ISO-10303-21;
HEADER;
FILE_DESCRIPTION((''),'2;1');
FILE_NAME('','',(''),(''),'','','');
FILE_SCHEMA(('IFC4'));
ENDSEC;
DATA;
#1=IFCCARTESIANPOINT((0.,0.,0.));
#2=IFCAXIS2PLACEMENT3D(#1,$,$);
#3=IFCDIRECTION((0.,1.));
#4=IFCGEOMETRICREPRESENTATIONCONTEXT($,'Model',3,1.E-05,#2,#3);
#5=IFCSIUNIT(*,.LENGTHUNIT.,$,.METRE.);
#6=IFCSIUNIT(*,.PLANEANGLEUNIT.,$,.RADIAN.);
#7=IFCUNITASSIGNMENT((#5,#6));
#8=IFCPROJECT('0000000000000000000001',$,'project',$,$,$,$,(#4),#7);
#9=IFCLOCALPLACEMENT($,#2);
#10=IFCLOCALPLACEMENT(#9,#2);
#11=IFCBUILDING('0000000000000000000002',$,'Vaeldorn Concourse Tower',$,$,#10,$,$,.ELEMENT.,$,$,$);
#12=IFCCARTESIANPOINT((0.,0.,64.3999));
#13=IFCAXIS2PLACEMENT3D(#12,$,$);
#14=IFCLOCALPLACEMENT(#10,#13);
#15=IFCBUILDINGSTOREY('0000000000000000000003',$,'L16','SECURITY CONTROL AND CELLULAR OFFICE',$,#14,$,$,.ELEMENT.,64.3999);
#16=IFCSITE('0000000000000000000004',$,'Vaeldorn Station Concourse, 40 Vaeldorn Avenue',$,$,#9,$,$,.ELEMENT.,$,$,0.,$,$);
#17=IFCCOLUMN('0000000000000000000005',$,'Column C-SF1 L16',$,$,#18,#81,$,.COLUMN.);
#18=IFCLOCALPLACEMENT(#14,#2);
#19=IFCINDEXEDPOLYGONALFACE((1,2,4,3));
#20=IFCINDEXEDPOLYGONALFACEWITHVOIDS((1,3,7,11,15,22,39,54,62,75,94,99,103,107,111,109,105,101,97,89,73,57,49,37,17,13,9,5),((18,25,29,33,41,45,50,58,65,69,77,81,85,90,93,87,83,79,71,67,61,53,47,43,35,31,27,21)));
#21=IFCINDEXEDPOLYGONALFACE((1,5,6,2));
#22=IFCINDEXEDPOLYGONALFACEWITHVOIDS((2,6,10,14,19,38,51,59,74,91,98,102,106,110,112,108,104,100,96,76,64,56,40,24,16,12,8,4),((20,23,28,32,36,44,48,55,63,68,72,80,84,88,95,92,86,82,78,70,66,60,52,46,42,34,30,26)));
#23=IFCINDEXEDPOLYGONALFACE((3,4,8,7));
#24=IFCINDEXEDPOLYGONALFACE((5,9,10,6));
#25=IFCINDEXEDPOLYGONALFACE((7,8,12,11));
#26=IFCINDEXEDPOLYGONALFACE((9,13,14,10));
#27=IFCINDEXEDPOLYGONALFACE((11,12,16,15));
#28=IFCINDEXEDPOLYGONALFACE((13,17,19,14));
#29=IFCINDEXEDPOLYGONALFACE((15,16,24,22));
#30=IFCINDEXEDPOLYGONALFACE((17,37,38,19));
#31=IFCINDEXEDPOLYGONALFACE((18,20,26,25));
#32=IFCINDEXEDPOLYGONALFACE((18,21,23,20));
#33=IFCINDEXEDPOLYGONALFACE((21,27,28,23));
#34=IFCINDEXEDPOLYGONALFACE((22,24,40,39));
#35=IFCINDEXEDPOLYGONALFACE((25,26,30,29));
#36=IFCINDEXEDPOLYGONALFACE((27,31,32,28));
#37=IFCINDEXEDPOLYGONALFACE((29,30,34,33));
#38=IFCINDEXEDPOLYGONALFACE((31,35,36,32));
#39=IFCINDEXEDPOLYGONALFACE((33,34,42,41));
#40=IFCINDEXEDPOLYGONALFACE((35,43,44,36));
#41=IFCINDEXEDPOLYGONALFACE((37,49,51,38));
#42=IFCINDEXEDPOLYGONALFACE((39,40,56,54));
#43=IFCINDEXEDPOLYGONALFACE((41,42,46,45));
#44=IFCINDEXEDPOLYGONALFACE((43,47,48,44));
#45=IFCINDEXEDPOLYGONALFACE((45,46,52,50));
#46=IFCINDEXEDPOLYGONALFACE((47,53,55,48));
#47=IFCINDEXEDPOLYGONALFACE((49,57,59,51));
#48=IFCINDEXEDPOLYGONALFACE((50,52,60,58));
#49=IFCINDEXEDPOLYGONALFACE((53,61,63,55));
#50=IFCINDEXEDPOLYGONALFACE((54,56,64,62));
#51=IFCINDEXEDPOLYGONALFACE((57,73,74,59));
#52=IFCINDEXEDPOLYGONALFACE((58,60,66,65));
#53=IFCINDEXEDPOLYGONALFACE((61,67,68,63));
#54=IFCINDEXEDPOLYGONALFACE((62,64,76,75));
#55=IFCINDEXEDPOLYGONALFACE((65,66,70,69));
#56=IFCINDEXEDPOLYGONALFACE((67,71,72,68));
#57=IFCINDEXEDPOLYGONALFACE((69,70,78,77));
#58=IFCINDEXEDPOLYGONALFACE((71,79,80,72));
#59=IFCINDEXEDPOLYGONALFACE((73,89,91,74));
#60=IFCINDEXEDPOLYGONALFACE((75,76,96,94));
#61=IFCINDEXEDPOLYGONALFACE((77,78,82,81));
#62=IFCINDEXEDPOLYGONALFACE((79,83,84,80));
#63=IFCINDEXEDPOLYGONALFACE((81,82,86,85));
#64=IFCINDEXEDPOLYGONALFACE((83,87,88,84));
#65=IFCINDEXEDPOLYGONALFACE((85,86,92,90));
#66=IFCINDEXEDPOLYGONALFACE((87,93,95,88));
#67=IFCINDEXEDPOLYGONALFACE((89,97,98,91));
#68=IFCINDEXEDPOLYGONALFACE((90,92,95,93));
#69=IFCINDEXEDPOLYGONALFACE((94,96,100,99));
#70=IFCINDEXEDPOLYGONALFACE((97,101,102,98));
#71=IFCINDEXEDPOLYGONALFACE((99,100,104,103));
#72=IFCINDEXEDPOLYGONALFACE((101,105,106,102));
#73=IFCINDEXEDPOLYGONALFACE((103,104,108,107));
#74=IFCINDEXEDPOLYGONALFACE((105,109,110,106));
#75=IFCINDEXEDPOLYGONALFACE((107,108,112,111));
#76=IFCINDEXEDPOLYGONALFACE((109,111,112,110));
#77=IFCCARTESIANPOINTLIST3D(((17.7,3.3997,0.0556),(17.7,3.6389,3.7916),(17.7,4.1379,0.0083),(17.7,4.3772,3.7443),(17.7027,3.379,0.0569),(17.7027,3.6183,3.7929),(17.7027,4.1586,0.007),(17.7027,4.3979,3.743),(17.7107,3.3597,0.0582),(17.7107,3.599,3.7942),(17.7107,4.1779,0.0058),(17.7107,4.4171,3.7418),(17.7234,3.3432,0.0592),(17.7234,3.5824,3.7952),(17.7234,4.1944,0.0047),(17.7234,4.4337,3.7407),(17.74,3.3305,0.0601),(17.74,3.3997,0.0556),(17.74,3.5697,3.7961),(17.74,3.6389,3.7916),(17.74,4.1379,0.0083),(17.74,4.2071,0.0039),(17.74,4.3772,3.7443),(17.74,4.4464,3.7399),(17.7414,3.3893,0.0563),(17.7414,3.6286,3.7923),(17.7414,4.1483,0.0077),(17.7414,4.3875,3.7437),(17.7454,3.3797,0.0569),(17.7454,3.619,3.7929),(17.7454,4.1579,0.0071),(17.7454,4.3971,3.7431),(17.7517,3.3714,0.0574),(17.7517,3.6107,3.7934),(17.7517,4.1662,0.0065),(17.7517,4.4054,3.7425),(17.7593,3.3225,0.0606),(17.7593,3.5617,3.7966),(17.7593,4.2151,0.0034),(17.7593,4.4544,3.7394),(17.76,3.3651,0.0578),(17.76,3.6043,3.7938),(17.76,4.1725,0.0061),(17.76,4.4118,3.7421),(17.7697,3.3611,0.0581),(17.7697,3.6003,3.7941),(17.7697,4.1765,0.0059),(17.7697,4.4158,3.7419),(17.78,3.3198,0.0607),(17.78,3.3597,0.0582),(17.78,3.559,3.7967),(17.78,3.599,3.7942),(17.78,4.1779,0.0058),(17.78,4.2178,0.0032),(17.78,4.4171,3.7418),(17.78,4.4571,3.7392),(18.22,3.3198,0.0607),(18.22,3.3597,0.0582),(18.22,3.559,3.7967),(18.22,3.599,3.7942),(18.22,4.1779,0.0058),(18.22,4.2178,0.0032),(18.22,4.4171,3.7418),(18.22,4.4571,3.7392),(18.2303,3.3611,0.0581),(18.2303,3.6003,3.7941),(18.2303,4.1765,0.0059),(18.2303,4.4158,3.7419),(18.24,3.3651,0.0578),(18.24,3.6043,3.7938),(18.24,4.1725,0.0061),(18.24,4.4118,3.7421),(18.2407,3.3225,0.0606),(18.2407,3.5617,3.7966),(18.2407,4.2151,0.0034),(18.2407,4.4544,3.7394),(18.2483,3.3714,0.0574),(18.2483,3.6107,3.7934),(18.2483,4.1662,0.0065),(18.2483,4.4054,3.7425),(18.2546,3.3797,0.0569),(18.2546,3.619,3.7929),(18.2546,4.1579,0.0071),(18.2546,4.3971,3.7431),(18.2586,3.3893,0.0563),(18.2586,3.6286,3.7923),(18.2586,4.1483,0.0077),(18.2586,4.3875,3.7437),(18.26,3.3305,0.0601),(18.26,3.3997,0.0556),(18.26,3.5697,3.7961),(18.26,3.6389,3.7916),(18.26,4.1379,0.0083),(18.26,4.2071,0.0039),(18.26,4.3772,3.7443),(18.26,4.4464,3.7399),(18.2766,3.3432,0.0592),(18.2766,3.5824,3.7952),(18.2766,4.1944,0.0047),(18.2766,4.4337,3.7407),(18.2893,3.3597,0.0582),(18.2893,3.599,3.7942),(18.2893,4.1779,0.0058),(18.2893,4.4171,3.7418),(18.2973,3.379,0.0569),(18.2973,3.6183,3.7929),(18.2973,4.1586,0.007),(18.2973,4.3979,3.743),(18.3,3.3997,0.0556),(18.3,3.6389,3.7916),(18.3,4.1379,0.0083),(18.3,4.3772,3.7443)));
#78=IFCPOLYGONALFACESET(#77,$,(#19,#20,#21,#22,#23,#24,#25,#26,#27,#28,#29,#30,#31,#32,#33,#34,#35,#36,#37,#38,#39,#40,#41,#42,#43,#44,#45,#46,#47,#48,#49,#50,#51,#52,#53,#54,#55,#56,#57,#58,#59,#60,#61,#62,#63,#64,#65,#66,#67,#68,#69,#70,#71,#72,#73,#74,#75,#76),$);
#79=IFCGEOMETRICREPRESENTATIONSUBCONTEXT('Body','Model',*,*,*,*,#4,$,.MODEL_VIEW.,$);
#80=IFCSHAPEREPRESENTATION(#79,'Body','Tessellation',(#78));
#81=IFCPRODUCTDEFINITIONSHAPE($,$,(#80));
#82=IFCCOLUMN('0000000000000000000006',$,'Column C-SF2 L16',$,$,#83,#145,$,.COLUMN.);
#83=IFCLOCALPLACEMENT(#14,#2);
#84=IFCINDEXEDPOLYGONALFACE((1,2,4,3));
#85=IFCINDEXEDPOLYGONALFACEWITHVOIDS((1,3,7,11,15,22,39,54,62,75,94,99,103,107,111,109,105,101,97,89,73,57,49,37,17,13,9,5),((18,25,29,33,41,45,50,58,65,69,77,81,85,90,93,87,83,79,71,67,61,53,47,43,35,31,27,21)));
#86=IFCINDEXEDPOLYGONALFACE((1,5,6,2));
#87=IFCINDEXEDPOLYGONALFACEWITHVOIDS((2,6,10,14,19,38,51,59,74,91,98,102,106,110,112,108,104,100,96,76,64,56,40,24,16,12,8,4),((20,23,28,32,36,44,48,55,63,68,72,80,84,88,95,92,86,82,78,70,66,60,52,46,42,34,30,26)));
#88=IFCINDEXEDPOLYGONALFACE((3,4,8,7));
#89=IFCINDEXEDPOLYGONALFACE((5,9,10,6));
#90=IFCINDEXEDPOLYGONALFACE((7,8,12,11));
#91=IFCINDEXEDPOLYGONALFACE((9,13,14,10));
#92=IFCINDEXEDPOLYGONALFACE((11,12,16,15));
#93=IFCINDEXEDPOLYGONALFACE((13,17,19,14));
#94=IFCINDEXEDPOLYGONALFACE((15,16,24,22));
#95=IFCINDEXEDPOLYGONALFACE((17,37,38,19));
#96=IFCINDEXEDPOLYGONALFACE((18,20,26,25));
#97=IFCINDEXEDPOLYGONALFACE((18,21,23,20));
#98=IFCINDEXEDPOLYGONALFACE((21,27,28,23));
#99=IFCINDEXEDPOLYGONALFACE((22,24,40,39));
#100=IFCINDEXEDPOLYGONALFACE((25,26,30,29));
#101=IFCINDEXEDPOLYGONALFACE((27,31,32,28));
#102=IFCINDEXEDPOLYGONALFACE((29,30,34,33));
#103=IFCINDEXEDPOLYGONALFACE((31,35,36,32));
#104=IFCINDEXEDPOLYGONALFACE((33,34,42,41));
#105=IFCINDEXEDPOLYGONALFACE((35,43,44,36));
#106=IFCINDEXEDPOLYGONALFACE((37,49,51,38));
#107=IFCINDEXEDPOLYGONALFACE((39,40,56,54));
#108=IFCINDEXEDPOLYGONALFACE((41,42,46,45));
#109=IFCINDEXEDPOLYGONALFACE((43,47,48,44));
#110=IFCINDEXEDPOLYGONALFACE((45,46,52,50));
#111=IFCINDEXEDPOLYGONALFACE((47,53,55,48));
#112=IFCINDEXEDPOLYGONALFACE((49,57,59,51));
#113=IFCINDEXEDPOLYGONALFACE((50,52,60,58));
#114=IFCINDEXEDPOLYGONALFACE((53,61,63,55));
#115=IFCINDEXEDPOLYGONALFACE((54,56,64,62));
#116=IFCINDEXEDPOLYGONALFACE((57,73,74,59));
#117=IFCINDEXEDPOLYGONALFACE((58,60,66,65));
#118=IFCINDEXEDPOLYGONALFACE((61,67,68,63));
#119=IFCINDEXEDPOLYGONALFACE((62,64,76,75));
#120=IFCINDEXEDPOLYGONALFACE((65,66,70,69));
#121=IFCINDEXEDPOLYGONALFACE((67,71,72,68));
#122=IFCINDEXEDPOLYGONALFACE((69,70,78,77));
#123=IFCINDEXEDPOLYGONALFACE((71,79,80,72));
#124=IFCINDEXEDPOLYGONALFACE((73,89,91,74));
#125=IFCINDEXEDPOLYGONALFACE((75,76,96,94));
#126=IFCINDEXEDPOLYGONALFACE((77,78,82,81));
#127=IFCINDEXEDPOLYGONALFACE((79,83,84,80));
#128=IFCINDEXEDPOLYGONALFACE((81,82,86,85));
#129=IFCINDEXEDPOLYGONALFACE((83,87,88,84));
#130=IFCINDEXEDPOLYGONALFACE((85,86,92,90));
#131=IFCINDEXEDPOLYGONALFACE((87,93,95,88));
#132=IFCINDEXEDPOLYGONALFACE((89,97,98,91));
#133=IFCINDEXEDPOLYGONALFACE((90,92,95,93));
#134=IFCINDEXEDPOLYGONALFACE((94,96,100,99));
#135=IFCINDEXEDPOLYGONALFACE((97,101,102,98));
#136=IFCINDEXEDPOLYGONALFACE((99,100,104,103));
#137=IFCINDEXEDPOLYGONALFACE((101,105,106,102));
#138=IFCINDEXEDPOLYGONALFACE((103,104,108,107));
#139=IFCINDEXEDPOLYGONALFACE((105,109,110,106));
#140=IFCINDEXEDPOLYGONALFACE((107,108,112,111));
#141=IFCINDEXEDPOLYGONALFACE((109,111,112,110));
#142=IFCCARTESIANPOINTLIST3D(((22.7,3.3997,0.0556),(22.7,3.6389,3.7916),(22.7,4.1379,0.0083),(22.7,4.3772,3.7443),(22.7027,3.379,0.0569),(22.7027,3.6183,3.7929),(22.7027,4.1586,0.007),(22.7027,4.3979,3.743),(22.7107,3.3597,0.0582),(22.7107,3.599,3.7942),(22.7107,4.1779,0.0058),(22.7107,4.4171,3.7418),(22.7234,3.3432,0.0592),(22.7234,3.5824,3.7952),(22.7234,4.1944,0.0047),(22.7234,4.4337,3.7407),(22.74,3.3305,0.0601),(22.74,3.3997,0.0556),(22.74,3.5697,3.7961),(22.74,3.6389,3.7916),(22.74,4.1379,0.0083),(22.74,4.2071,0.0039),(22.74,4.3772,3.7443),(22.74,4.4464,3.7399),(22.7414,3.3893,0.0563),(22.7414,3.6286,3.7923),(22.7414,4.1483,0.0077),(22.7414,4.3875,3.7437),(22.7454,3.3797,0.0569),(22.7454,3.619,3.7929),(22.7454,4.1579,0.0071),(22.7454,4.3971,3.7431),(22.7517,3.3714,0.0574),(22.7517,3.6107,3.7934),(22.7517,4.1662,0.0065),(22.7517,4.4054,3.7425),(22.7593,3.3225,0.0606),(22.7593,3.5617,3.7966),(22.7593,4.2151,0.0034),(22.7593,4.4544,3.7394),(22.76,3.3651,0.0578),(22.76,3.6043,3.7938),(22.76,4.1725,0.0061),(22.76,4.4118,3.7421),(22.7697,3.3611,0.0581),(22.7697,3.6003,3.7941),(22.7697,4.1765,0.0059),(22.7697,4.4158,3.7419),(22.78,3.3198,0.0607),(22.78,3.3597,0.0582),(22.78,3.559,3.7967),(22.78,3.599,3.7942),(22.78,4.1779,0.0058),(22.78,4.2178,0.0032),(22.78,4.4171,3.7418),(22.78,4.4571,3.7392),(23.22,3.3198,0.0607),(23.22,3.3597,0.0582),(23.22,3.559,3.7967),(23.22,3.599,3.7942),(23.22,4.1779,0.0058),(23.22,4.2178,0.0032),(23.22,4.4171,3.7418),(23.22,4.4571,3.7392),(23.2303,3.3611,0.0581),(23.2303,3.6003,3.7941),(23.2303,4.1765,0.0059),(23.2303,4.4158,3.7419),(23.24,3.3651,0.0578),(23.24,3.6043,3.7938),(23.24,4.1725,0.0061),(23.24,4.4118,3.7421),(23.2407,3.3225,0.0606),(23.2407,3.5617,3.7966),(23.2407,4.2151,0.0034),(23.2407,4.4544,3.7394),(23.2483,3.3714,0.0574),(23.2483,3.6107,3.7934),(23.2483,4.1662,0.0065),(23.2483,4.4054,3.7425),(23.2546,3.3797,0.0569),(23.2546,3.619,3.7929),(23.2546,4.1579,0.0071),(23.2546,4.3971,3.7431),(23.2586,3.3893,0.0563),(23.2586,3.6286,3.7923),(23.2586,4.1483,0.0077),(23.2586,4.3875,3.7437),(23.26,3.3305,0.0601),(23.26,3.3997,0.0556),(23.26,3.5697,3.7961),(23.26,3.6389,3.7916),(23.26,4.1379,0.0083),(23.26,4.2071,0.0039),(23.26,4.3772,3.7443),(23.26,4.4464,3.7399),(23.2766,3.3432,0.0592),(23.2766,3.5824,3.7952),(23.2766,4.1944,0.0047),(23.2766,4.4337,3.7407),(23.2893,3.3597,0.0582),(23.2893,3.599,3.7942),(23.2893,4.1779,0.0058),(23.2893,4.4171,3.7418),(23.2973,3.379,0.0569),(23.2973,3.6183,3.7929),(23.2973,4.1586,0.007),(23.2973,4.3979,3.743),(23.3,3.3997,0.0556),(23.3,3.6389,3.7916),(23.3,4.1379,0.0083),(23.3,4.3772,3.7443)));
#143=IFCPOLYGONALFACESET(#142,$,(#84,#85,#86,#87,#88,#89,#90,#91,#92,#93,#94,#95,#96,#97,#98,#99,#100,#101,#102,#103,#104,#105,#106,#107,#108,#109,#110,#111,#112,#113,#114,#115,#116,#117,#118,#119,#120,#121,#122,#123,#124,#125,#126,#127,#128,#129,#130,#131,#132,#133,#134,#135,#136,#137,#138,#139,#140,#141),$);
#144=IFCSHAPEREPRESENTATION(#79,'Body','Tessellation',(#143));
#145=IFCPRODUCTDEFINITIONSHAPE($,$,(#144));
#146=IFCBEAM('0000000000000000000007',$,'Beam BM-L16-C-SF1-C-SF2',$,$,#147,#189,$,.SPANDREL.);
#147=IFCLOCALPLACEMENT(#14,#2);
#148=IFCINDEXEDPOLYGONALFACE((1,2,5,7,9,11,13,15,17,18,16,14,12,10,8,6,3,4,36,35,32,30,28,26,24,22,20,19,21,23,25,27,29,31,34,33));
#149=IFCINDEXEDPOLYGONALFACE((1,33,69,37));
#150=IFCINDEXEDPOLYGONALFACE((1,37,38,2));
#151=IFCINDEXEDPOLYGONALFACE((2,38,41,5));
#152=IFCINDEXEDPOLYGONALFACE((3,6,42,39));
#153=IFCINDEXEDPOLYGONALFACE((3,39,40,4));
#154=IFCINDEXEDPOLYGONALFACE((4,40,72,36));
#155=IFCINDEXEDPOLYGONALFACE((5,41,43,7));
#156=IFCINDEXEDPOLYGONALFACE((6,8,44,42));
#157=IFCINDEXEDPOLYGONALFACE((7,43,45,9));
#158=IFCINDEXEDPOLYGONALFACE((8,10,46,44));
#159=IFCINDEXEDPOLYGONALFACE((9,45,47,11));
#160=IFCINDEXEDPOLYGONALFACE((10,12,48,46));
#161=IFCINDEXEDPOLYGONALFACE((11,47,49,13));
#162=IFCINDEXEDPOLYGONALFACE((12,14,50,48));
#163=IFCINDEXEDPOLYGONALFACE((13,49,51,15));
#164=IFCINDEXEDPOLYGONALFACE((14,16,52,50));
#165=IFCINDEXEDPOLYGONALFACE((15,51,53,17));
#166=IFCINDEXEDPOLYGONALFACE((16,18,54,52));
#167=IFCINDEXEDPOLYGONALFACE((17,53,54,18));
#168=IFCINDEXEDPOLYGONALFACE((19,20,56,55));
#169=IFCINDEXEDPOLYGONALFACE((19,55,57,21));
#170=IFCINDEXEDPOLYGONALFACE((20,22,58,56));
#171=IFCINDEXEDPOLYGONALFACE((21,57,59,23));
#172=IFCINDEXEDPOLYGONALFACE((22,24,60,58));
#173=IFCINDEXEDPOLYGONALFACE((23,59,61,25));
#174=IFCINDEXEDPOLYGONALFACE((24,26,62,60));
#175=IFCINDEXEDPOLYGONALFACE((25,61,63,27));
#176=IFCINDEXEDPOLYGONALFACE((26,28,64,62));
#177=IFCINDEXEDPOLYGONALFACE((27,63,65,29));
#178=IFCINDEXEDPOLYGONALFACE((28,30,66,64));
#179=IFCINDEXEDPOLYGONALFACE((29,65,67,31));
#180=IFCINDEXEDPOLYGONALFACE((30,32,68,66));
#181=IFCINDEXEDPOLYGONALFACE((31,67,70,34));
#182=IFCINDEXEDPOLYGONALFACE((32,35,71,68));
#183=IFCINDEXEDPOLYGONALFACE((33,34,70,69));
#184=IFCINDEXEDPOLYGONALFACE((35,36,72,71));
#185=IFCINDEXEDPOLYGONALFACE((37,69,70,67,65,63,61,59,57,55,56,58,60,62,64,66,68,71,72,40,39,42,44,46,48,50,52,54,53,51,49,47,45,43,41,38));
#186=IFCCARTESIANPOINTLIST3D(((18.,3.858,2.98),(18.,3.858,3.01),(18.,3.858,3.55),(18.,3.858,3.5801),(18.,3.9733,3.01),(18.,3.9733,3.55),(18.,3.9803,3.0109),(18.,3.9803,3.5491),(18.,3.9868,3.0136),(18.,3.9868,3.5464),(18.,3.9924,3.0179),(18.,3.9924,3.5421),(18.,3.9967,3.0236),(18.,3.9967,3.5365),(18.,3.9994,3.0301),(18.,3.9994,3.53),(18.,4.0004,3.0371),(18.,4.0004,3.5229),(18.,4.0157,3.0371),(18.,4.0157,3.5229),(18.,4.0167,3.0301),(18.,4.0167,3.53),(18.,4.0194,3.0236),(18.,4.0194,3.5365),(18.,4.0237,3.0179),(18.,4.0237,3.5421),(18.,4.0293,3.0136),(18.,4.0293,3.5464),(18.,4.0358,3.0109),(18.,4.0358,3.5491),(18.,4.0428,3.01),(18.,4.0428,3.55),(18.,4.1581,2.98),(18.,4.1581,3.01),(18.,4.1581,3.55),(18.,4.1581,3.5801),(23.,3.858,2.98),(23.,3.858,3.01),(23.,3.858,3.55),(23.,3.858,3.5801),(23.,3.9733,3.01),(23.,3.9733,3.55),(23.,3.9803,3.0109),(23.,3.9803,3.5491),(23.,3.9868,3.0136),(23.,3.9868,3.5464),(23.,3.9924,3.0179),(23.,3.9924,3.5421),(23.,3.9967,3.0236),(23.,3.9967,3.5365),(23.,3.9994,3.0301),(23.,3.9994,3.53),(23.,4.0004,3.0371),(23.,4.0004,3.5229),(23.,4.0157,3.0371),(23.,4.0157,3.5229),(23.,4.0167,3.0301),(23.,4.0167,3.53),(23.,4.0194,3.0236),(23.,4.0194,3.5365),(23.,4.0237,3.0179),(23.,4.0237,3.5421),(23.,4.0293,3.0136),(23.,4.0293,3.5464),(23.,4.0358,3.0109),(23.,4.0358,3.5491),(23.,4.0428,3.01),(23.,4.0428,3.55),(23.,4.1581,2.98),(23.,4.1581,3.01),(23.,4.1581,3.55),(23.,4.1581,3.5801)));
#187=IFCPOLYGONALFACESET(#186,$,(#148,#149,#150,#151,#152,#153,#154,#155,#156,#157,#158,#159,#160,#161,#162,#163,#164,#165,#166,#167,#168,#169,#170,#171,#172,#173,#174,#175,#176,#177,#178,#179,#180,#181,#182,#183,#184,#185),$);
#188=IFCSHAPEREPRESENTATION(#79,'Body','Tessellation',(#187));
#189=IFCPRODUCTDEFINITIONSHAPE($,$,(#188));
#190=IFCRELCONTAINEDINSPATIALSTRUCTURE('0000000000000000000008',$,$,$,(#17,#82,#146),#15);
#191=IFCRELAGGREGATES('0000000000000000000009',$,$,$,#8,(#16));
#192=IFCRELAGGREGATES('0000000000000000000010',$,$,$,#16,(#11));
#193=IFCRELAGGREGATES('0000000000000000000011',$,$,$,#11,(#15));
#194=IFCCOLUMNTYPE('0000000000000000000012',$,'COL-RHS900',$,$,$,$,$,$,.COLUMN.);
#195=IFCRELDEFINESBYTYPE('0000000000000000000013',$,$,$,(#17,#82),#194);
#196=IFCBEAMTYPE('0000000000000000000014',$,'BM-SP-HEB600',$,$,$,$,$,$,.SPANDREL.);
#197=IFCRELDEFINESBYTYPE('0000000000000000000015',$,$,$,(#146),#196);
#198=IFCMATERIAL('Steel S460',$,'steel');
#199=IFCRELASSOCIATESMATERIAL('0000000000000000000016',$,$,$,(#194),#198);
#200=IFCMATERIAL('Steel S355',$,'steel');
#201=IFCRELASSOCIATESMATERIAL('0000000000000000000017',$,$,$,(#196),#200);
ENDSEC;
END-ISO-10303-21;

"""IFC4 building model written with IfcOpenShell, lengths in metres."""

from ifc_helpers import new_model, si_unit, direction, frame, origin, origin_2d, place, context, subcontext, project, spatial, hollow_rectangle, i_section, extrude, source, transform, mapped, material, material_profile, profile_set, type_object, element, save


model = new_model("IFC4")

# Units and contexts
model_context = context("Model", 3, precision=1e-05, world=origin(), true_north=direction((0.0, 1.0)))
body_context = subcontext(model_context, "Body", "Model", "MODEL_VIEW")
ifc_project = project(units=[si_unit("LENGTHUNIT", "METRE"), si_unit("PLANEANGLEUNIT", "RADIAN")], contexts=[model_context])

# Site, building, storey
site_placement = place(None, origin())
site = spatial("IfcSite", under=ifc_project, at=site_placement, Name="Vaeldorn Station Concourse, 40 Vaeldorn Avenue", CompositionType="ELEMENT", RefElevation=0.0)
building_placement = place(site_placement, origin())
building = spatial("IfcBuilding", under=site, at=building_placement, Name="Vaeldorn Concourse Tower", CompositionType="ELEMENT")
storey_placement = place(building_placement, frame((0.0, 0.0, 64.3999)))
storey = spatial("IfcBuildingStorey", under=building, at=storey_placement, Name="L16", Description="SECURITY CONTROL AND CELLULAR OFFICE", CompositionType="ELEMENT", Elevation=64.3999)

# Columns
ifc_material_1 = material(Name="Steel S460", Category="steel")
ifc_material_profile_1 = material_profile(ifc_material_1, hollow_rectangle(XDim=0.6001, YDim=0.8999, WallThickness=0.04, InnerFilletRadius=0.04, OuterFilletRadius=0.0801, at=origin_2d()), Name="RHS 900x600x40")
ifc_profile_set_1 = profile_set([ifc_material_profile_1], Name="Steel S460")
column_type = type_object("IfcColumnType", Name="COL-RHS900", PredefinedType="COLUMN", material=ifc_profile_set_1)
shared_shape_1 = source(origin(), body_context, "Body", "SweptSolid", [
    extrude(hollow_rectangle(XDim=0.6001, YDim=0.8999, WallThickness=0.04, InnerFilletRadius=0.04, OuterFilletRadius=0.0801, at=origin_2d()), origin(), (0.0, 0.0, 1.0), 3.7437),
])
for number, where, z_axis, x_axis, name in (
    (1, (18.0, 3.7688, 0.032), (0.0, 0.063909, 0.997956), (-1.0, 0.0, 0.0), "Column C-SF1 L16"),
    (2, (23.0, 3.7688, 0.032), (0.0, 0.063909, 0.997956), (-1.0, 0.0, 0.0), "Column C-SF2 L16"),
):
    element("IfcColumn", number, at=place(storey_placement, frame(where, z_axis=z_axis, x_axis=x_axis)), inside=storey, type_object=column_type, Name=name, PredefinedType="COLUMN", context=body_context, shape_type="MappedRepresentation", body=[
        mapped(shared_shape_1, transform((0.0, 0.0, 0.0), scale=1.0)),
    ])

# Beam
ifc_material_2 = material(Name="Steel S355", Category="steel")
ifc_material_profile_2 = material_profile(ifc_material_2, i_section(OverallWidth=0.3, OverallDepth=0.6001, WebThickness=0.0154, FlangeThickness=0.03, FilletRadius=0.0271, at=origin_2d()), Name="HEB 600")
ifc_profile_set_2 = profile_set([ifc_material_profile_2], Name="Steel S355")
beam_type_1 = type_object("IfcBeamType", Name="BM-SP-HEB600", PredefinedType="SPANDREL", material=ifc_profile_set_2)
shared_shape_2 = source(origin(), body_context, "Body", "SweptSolid", [
    extrude(i_section(OverallWidth=0.3, OverallDepth=0.6001, WebThickness=0.0154, FlangeThickness=0.03, FilletRadius=0.0271, at=origin_2d()), origin(), (0.0, 0.0, 1.0), 5.0),
])
beam_1_placement = place(storey_placement, frame((18.0, 4.0081, 3.28), z_axis=(1.0, 0.0, 0.0), x_axis=(0.0, 1.0, 0.0)))
element("IfcBeam", 3, at=beam_1_placement, inside=storey, type_object=beam_type_1, Name="Beam BM-L16-C-SF1-C-SF2", PredefinedType="SPANDREL", context=body_context, shape_type="MappedRepresentation", body=[
    mapped(shared_shape_2, transform((0.0, 0.0, 0.0), scale=1.0)),
])

save(model, "model.ifc")
